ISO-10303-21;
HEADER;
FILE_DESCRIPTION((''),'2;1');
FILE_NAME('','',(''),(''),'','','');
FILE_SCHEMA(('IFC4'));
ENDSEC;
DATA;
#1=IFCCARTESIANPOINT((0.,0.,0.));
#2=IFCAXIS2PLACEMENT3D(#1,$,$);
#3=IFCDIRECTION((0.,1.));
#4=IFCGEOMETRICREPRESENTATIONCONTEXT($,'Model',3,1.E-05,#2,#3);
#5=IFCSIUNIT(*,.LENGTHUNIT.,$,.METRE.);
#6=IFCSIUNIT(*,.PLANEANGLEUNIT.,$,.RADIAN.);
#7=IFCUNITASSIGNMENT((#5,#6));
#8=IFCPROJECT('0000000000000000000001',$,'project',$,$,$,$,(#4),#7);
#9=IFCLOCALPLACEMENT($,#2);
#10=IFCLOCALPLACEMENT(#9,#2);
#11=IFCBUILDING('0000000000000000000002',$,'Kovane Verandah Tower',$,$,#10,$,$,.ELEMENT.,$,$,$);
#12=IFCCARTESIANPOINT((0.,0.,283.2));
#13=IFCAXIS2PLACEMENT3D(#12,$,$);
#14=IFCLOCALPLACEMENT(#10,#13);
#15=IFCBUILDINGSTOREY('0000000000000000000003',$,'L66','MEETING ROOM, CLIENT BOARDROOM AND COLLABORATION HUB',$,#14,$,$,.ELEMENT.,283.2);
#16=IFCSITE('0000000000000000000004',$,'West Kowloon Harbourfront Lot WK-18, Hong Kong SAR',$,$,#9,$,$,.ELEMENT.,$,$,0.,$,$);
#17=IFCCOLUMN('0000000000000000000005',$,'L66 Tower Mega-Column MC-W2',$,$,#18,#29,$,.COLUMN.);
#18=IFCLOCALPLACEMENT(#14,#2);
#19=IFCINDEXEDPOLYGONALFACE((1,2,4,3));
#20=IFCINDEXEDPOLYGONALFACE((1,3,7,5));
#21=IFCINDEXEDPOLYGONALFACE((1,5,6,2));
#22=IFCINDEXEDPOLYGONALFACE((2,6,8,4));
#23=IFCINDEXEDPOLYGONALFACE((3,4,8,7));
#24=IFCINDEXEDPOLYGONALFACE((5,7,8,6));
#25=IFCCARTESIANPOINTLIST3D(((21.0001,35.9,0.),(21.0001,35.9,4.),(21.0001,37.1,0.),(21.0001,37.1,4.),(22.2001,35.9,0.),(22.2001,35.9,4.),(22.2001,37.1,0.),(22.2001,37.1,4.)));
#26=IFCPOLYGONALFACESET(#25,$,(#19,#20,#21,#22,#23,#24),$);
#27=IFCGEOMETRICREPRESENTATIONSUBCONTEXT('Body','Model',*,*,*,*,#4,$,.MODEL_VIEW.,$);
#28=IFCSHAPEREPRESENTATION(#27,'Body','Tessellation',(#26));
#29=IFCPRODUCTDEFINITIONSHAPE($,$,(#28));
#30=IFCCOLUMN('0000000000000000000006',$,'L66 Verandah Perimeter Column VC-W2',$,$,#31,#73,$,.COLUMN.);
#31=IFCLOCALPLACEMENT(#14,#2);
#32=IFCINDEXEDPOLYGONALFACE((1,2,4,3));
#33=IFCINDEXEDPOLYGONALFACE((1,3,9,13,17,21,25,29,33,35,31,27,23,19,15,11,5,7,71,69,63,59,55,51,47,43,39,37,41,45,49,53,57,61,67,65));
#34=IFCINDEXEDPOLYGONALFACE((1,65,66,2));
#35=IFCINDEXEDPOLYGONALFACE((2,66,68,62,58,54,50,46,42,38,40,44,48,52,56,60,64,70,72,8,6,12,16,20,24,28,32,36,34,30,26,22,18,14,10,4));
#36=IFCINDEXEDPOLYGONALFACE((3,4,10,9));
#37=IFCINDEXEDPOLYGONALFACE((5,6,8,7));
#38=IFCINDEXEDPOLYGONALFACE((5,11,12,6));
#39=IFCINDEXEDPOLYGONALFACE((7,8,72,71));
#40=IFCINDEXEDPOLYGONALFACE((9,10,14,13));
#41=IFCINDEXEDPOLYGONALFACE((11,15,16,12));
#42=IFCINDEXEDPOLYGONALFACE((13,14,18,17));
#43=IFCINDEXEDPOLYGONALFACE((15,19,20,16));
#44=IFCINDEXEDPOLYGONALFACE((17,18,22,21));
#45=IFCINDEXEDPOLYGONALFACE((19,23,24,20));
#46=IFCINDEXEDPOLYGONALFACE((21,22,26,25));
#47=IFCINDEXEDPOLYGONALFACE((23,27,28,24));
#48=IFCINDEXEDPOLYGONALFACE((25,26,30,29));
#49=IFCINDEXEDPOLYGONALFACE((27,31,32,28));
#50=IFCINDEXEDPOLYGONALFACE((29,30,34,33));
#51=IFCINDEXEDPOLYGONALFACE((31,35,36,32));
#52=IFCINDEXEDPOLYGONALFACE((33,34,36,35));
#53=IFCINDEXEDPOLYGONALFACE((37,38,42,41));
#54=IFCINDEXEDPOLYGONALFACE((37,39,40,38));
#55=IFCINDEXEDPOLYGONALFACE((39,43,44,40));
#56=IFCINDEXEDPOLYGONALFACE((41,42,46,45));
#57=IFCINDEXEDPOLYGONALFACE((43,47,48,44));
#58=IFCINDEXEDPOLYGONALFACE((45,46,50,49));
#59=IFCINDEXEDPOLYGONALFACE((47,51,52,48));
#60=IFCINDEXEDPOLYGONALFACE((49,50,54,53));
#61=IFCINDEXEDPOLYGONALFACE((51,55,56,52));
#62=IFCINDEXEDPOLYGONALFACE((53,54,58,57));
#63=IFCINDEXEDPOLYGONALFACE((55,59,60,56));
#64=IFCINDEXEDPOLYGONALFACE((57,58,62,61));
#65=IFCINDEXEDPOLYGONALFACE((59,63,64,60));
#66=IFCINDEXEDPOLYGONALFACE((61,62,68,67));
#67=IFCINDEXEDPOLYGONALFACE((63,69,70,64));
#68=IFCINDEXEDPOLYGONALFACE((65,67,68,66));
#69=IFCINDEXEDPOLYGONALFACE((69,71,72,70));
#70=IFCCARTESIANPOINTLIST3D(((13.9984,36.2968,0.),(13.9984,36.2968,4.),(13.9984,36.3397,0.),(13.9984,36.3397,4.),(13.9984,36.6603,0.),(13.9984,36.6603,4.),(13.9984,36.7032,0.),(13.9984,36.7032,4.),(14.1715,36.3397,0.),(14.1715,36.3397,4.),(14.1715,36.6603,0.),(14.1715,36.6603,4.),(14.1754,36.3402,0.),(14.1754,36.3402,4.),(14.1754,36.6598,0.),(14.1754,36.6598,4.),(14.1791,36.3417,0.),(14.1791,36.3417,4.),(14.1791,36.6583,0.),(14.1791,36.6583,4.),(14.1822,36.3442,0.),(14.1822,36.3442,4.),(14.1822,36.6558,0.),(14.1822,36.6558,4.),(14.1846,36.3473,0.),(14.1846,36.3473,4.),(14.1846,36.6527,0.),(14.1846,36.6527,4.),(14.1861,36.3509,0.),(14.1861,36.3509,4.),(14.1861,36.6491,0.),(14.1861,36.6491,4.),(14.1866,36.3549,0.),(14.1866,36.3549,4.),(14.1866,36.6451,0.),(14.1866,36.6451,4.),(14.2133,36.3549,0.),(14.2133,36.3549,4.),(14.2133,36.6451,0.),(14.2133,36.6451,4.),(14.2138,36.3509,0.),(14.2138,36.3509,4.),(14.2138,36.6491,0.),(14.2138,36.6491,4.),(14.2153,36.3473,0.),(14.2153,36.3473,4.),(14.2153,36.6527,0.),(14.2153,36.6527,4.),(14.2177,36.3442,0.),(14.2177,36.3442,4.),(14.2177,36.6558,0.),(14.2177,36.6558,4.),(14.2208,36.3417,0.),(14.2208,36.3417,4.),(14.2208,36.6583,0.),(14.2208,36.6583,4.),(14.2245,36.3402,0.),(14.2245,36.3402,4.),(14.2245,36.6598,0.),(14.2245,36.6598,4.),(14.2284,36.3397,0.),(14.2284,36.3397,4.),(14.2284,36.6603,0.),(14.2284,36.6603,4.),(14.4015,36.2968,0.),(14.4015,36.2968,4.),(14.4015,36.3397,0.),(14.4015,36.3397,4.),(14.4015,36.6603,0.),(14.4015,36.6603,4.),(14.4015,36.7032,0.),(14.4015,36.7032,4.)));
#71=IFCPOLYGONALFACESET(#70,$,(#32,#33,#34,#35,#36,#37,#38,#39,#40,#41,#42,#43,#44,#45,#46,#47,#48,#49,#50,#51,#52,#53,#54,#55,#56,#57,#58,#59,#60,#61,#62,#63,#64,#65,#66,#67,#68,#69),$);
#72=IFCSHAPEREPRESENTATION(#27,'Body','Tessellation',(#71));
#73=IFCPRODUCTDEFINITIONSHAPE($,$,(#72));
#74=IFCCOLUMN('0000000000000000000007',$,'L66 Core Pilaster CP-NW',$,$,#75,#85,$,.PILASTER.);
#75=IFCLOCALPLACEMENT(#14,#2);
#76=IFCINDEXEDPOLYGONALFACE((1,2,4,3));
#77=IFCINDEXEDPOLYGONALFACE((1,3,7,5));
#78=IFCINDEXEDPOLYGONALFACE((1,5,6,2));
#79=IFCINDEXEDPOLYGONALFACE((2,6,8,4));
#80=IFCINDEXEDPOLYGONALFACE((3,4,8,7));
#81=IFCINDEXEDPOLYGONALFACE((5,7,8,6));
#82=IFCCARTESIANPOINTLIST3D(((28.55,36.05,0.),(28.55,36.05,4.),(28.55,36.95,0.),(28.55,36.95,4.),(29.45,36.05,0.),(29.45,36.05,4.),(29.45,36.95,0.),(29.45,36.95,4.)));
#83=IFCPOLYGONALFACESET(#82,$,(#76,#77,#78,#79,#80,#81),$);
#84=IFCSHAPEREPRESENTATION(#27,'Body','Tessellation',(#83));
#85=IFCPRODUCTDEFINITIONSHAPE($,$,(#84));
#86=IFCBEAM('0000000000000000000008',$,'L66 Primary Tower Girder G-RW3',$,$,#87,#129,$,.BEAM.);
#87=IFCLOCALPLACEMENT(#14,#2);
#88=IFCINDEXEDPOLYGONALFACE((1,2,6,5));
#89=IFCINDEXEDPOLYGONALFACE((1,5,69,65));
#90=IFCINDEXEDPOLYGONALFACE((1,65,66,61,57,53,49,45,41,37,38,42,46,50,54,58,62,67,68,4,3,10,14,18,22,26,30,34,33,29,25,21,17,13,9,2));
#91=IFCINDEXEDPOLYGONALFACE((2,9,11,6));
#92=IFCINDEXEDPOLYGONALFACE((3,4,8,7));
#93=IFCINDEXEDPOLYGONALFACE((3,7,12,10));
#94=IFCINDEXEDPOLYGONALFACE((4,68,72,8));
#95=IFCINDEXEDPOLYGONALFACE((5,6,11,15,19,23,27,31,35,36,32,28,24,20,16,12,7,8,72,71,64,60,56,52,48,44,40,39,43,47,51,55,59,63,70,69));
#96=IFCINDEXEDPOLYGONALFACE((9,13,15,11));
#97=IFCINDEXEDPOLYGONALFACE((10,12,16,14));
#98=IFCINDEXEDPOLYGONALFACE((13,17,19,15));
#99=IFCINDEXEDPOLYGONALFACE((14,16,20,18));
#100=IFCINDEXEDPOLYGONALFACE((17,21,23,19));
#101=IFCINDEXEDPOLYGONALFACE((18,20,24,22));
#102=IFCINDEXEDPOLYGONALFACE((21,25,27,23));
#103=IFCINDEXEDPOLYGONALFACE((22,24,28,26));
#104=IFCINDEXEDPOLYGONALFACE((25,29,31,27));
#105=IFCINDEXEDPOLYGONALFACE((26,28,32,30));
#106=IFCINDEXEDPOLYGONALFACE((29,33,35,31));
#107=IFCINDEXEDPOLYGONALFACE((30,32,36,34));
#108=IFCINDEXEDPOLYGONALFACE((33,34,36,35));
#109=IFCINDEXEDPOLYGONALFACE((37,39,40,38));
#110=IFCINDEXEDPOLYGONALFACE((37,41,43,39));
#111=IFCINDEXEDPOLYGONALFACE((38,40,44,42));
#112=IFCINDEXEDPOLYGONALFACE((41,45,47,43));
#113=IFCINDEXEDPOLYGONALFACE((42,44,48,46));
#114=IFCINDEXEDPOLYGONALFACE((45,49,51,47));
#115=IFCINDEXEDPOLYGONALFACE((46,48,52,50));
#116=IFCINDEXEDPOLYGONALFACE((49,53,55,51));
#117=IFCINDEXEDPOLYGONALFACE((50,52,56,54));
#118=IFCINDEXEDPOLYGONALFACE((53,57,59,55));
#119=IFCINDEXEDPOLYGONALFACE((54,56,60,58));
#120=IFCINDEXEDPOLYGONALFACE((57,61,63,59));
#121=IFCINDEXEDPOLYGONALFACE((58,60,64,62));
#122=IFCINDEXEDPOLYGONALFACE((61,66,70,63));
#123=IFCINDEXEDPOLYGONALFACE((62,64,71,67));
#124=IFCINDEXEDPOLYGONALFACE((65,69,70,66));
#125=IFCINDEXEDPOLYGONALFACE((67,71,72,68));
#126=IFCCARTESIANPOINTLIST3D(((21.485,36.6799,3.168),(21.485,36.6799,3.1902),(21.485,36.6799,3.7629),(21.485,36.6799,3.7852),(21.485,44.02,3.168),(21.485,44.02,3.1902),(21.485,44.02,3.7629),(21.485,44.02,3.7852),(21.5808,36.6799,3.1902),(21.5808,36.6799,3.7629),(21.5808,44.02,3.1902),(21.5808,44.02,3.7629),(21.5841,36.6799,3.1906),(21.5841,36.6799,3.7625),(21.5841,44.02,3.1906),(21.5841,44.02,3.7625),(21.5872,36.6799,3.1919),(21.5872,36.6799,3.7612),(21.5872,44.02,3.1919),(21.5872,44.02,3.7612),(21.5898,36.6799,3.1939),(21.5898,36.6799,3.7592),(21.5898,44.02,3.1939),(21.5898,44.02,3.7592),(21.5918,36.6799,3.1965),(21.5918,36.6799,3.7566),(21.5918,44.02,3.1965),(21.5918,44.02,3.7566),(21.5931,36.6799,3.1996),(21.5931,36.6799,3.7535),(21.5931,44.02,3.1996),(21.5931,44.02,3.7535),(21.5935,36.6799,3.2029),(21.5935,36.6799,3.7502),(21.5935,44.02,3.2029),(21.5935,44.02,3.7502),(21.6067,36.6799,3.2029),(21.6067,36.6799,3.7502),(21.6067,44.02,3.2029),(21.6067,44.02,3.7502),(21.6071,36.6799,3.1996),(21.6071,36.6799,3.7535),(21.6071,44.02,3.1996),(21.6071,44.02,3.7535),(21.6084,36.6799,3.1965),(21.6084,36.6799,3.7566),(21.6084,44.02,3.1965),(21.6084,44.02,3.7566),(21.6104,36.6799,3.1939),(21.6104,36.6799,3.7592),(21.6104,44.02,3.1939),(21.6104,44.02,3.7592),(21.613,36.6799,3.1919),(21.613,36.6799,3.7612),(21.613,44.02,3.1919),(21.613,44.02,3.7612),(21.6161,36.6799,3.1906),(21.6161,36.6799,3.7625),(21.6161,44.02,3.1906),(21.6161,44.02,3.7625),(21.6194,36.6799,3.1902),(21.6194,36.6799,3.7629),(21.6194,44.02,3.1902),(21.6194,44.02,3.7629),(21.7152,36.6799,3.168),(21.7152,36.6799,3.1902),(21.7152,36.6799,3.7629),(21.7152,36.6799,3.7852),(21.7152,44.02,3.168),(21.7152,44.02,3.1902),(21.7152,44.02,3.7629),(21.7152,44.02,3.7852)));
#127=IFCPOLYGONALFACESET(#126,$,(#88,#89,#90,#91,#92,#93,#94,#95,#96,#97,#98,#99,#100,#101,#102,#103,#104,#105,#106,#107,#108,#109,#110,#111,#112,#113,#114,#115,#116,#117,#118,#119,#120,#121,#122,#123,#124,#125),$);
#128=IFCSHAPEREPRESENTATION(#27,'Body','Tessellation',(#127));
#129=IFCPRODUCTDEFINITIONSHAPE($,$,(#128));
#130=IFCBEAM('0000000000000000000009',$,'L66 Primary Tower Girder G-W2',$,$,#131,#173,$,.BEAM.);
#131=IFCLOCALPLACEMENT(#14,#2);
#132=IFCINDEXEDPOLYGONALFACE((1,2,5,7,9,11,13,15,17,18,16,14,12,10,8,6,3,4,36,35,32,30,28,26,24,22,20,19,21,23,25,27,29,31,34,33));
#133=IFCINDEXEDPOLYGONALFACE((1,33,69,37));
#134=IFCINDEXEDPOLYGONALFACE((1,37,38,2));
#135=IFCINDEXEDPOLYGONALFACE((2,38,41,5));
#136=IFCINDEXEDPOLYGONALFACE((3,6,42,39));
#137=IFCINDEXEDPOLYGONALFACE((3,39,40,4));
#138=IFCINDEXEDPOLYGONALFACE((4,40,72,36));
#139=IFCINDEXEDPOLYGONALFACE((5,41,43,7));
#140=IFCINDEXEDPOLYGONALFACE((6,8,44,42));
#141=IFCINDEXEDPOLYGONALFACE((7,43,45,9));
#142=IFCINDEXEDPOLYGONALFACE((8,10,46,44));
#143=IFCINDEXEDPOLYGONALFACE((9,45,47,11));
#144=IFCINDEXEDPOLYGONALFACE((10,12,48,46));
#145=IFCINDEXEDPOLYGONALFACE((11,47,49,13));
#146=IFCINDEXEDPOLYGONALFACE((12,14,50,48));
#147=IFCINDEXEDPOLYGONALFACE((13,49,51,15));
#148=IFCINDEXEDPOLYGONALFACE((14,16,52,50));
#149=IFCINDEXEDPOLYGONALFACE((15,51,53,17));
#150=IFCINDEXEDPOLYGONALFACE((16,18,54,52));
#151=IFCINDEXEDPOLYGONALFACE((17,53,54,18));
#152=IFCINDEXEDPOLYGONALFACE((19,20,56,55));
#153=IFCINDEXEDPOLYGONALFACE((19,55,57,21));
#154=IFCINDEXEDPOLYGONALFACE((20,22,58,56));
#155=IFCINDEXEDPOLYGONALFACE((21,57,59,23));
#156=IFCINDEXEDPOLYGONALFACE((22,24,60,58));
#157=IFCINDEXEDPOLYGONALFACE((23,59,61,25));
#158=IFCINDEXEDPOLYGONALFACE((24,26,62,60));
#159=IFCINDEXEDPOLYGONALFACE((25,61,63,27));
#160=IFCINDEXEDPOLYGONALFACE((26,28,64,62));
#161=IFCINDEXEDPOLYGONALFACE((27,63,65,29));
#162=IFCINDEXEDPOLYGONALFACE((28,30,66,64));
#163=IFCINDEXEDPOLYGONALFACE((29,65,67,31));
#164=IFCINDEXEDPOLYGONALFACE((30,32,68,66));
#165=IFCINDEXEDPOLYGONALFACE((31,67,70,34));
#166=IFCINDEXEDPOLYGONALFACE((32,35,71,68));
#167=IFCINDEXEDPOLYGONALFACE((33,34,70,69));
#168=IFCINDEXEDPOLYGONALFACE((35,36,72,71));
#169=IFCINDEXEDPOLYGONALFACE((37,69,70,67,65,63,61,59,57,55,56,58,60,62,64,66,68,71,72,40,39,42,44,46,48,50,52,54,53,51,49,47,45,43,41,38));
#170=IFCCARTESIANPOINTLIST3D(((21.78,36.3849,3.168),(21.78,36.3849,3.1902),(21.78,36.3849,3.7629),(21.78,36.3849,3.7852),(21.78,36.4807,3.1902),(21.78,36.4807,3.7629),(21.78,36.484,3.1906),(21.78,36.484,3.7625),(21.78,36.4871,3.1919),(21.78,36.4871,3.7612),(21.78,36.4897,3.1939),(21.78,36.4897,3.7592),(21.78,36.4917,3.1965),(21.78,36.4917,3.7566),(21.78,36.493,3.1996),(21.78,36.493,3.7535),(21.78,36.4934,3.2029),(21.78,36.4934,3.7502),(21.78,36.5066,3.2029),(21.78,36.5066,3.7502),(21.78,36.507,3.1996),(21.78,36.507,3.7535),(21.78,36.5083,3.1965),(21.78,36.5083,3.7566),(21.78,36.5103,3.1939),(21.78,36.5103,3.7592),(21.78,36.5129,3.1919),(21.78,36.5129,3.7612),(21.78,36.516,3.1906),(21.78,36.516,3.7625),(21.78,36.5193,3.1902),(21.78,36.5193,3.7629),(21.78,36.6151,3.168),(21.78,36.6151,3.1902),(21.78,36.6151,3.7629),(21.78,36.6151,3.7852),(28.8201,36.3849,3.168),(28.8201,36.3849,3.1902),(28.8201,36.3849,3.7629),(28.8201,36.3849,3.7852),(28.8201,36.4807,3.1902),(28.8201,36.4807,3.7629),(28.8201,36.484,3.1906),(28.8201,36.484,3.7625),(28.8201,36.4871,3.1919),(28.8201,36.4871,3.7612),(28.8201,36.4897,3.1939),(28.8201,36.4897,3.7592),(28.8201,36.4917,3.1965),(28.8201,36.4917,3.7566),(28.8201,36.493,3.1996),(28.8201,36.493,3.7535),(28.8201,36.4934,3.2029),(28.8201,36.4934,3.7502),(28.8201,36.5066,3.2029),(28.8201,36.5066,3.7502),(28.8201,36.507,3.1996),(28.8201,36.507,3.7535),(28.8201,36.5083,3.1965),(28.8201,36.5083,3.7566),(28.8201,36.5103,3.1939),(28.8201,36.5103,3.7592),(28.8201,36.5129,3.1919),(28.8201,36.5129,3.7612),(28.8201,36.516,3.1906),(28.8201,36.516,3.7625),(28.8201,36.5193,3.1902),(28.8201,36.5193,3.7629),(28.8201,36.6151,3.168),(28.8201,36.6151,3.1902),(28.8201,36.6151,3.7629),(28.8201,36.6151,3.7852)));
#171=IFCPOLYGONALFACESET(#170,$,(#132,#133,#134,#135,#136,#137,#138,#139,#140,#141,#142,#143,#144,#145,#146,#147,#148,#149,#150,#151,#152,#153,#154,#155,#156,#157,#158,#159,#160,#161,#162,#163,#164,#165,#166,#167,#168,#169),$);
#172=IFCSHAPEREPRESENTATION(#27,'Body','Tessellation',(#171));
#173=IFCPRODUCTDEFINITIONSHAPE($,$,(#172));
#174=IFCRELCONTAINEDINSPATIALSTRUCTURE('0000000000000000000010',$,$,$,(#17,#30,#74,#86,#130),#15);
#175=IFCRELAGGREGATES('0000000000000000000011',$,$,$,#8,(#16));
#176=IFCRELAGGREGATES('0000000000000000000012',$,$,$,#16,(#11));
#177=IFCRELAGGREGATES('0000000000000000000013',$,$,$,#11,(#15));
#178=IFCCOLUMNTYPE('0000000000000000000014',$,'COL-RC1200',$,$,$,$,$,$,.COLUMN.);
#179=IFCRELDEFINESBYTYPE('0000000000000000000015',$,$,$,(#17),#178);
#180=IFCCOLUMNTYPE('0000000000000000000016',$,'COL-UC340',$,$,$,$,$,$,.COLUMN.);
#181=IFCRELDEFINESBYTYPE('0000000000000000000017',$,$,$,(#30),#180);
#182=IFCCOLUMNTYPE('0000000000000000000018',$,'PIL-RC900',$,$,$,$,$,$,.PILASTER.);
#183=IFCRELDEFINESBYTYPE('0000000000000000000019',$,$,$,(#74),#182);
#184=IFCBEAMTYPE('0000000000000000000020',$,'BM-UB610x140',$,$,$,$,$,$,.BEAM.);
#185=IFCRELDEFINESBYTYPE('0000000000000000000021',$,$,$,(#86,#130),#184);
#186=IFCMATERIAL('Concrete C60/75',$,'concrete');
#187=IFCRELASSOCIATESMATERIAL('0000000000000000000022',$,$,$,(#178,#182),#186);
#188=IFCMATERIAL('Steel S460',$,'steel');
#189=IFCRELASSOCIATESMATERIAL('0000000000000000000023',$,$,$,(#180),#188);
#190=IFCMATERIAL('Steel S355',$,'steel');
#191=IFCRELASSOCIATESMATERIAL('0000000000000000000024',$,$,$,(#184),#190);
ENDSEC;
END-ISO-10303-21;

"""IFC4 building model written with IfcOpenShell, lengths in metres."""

from ifc_helpers import new_model, si_unit, direction, frame, origin, origin_2d, place, context, subcontext, project, spatial, rectangle, i_section, extrude, material, material_profile, profile_set, type_object, element, save


model = new_model("IFC4")

# Units and contexts
model_context = context("Model", 3, precision=1e-05, world=origin(), true_north=direction((0.0, 1.0)))
body_context = subcontext(model_context, "Body", "Model", "MODEL_VIEW")
ifc_project = project(units=[si_unit("LENGTHUNIT", "METRE"), si_unit("PLANEANGLEUNIT", "RADIAN")], contexts=[model_context])

# Site, building, storey
site_placement = place(None, origin())
site = spatial("IfcSite", under=ifc_project, at=site_placement, Name="West Kowloon Harbourfront Lot WK-18, Hong Kong SAR", CompositionType="ELEMENT", RefElevation=0.0)
building_placement = place(site_placement, origin())
building = spatial("IfcBuilding", under=site, at=building_placement, Name="Kovane Verandah Tower", CompositionType="ELEMENT")
storey_placement = place(building_placement, frame((0.0, 0.0, 283.2)))
storey = spatial("IfcBuildingStorey", under=building, at=storey_placement, Name="L66", Description="MEETING ROOM, CLIENT BOARDROOM AND COLLABORATION HUB", CompositionType="ELEMENT", Elevation=283.2)

# Columns
ifc_material_1 = material(Name="Concrete C60/75", Category="concrete")
ifc_material_profile_1 = material_profile(ifc_material_1, rectangle(XDim=1.2, YDim=1.2, at=origin_2d()), Name="RC1200x1200")
ifc_profile_set_1 = profile_set([ifc_material_profile_1], Name="Concrete C60/75")
column_type_1 = type_object("IfcColumnType", Name="COL-RC1200", PredefinedType="COLUMN", material=ifc_profile_set_1)
column_1_placement = place(storey_placement, frame((21.6001, 36.5, 0.0), z_axis=(0.0, 0.0, 1.0), x_axis=(1.0, 0.0, 0.0)))
element("IfcColumn", 1, at=column_1_placement, inside=storey, type_object=column_type_1, Name="L66 Tower Mega-Column MC-W2", PredefinedType="COLUMN", context=body_context, shape_type="SweptSolid", body=[
    extrude(rectangle(XDim=1.2, YDim=1.2, at=origin_2d()), origin(), (0.0, 0.0, 1.0), 4.0),
])
ifc_material_2 = material(Name="Steel S460", Category="steel")
ifc_material_profile_2 = material_profile(ifc_material_2, i_section(OverallWidth=0.4031, OverallDepth=0.4065, WebThickness=0.0266, FlangeThickness=0.043, FilletRadius=0.0151, at=origin_2d()), Name="UC356x406x340")
ifc_profile_set_2 = profile_set([ifc_material_profile_2], Name="Steel S460")
column_type_2 = type_object("IfcColumnType", Name="COL-UC340", PredefinedType="COLUMN", material=ifc_profile_set_2)
column_2_placement = place(storey_placement, frame((14.2, 36.5, 0.0), z_axis=(0.0, 0.0, 1.0), x_axis=(1.0, 0.0, 0.0)))
element("IfcColumn", 2, at=column_2_placement, inside=storey, type_object=column_type_2, Name="L66 Verandah Perimeter Column VC-W2", PredefinedType="COLUMN", context=body_context, shape_type="SweptSolid", body=[
    extrude(i_section(OverallWidth=0.4031, OverallDepth=0.4065, WebThickness=0.0266, FlangeThickness=0.043, FilletRadius=0.0151, at=origin_2d()), origin(), (0.0, 0.0, 1.0), 4.0),
])
ifc_material_profile_3 = material_profile(ifc_material_1, rectangle(XDim=0.8999, YDim=0.8999, at=origin_2d()), Name="RC900x900")
ifc_profile_set_3 = profile_set([ifc_material_profile_3], Name="Concrete C60/75")
column_type_3 = type_object("IfcColumnType", Name="PIL-RC900", PredefinedType="PILASTER", material=ifc_profile_set_3)
column_3_placement = place(storey_placement, frame((29.0, 36.5, 0.0), z_axis=(0.0, 0.0, 1.0), x_axis=(1.0, 0.0, 0.0)))
element("IfcColumn", 3, at=column_3_placement, inside=storey, type_object=column_type_3, Name="L66 Core Pilaster CP-NW", PredefinedType="PILASTER", context=body_context, shape_type="SweptSolid", body=[
    extrude(rectangle(XDim=0.8999, YDim=0.8999, at=origin_2d()), origin(), (0.0, 0.0, 1.0), 4.0),
])

# Beams
ifc_material_3 = material(Name="Steel S355", Category="steel")
ifc_material_profile_4 = material_profile(ifc_material_3, i_section(OverallWidth=0.2302, OverallDepth=0.6172, WebThickness=0.0132, FlangeThickness=0.0222, FilletRadius=0.0127, at=origin_2d()), Name="UB610x229x140")
ifc_profile_set_4 = profile_set([ifc_material_profile_4], Name="Steel S355")
beam_type_1 = type_object("IfcBeamType", Name="BM-UB610x140", PredefinedType="BEAM", material=ifc_profile_set_4)
beam_1_placement = place(storey_placement, frame((21.6001, 36.6799, 3.4766), z_axis=(0.0, 1.0, 0.0), x_axis=(-1.0, 0.0, 0.0)))
element("IfcBeam", 4, at=beam_1_placement, inside=storey, type_object=beam_type_1, Name="L66 Primary Tower Girder G-RW3", PredefinedType="BEAM", context=body_context, shape_type="SweptSolid", body=[
    extrude(i_section(OverallWidth=0.2302, OverallDepth=0.6172, WebThickness=0.0132, FlangeThickness=0.0222, FilletRadius=0.0127, at=origin_2d()), origin(), (0.0, 0.0, 1.0), 7.3401),
])
beam_2_placement = place(storey_placement, frame((28.8201, 36.5, 3.4766), z_axis=(-1.0, 0.0, 0.0), x_axis=(0.0, -1.0, 0.0)))
element("IfcBeam", 5, at=beam_2_placement, inside=storey, type_object=beam_type_1, Name="L66 Primary Tower Girder G-W2", PredefinedType="BEAM", context=body_context, shape_type="SweptSolid", body=[
    extrude(i_section(OverallWidth=0.2302, OverallDepth=0.6172, WebThickness=0.0132, FlangeThickness=0.0222, FilletRadius=0.0127, at=origin_2d()), origin(), (0.0, 0.0, 1.0), 7.04),
])

save(model, "model.ifc")
